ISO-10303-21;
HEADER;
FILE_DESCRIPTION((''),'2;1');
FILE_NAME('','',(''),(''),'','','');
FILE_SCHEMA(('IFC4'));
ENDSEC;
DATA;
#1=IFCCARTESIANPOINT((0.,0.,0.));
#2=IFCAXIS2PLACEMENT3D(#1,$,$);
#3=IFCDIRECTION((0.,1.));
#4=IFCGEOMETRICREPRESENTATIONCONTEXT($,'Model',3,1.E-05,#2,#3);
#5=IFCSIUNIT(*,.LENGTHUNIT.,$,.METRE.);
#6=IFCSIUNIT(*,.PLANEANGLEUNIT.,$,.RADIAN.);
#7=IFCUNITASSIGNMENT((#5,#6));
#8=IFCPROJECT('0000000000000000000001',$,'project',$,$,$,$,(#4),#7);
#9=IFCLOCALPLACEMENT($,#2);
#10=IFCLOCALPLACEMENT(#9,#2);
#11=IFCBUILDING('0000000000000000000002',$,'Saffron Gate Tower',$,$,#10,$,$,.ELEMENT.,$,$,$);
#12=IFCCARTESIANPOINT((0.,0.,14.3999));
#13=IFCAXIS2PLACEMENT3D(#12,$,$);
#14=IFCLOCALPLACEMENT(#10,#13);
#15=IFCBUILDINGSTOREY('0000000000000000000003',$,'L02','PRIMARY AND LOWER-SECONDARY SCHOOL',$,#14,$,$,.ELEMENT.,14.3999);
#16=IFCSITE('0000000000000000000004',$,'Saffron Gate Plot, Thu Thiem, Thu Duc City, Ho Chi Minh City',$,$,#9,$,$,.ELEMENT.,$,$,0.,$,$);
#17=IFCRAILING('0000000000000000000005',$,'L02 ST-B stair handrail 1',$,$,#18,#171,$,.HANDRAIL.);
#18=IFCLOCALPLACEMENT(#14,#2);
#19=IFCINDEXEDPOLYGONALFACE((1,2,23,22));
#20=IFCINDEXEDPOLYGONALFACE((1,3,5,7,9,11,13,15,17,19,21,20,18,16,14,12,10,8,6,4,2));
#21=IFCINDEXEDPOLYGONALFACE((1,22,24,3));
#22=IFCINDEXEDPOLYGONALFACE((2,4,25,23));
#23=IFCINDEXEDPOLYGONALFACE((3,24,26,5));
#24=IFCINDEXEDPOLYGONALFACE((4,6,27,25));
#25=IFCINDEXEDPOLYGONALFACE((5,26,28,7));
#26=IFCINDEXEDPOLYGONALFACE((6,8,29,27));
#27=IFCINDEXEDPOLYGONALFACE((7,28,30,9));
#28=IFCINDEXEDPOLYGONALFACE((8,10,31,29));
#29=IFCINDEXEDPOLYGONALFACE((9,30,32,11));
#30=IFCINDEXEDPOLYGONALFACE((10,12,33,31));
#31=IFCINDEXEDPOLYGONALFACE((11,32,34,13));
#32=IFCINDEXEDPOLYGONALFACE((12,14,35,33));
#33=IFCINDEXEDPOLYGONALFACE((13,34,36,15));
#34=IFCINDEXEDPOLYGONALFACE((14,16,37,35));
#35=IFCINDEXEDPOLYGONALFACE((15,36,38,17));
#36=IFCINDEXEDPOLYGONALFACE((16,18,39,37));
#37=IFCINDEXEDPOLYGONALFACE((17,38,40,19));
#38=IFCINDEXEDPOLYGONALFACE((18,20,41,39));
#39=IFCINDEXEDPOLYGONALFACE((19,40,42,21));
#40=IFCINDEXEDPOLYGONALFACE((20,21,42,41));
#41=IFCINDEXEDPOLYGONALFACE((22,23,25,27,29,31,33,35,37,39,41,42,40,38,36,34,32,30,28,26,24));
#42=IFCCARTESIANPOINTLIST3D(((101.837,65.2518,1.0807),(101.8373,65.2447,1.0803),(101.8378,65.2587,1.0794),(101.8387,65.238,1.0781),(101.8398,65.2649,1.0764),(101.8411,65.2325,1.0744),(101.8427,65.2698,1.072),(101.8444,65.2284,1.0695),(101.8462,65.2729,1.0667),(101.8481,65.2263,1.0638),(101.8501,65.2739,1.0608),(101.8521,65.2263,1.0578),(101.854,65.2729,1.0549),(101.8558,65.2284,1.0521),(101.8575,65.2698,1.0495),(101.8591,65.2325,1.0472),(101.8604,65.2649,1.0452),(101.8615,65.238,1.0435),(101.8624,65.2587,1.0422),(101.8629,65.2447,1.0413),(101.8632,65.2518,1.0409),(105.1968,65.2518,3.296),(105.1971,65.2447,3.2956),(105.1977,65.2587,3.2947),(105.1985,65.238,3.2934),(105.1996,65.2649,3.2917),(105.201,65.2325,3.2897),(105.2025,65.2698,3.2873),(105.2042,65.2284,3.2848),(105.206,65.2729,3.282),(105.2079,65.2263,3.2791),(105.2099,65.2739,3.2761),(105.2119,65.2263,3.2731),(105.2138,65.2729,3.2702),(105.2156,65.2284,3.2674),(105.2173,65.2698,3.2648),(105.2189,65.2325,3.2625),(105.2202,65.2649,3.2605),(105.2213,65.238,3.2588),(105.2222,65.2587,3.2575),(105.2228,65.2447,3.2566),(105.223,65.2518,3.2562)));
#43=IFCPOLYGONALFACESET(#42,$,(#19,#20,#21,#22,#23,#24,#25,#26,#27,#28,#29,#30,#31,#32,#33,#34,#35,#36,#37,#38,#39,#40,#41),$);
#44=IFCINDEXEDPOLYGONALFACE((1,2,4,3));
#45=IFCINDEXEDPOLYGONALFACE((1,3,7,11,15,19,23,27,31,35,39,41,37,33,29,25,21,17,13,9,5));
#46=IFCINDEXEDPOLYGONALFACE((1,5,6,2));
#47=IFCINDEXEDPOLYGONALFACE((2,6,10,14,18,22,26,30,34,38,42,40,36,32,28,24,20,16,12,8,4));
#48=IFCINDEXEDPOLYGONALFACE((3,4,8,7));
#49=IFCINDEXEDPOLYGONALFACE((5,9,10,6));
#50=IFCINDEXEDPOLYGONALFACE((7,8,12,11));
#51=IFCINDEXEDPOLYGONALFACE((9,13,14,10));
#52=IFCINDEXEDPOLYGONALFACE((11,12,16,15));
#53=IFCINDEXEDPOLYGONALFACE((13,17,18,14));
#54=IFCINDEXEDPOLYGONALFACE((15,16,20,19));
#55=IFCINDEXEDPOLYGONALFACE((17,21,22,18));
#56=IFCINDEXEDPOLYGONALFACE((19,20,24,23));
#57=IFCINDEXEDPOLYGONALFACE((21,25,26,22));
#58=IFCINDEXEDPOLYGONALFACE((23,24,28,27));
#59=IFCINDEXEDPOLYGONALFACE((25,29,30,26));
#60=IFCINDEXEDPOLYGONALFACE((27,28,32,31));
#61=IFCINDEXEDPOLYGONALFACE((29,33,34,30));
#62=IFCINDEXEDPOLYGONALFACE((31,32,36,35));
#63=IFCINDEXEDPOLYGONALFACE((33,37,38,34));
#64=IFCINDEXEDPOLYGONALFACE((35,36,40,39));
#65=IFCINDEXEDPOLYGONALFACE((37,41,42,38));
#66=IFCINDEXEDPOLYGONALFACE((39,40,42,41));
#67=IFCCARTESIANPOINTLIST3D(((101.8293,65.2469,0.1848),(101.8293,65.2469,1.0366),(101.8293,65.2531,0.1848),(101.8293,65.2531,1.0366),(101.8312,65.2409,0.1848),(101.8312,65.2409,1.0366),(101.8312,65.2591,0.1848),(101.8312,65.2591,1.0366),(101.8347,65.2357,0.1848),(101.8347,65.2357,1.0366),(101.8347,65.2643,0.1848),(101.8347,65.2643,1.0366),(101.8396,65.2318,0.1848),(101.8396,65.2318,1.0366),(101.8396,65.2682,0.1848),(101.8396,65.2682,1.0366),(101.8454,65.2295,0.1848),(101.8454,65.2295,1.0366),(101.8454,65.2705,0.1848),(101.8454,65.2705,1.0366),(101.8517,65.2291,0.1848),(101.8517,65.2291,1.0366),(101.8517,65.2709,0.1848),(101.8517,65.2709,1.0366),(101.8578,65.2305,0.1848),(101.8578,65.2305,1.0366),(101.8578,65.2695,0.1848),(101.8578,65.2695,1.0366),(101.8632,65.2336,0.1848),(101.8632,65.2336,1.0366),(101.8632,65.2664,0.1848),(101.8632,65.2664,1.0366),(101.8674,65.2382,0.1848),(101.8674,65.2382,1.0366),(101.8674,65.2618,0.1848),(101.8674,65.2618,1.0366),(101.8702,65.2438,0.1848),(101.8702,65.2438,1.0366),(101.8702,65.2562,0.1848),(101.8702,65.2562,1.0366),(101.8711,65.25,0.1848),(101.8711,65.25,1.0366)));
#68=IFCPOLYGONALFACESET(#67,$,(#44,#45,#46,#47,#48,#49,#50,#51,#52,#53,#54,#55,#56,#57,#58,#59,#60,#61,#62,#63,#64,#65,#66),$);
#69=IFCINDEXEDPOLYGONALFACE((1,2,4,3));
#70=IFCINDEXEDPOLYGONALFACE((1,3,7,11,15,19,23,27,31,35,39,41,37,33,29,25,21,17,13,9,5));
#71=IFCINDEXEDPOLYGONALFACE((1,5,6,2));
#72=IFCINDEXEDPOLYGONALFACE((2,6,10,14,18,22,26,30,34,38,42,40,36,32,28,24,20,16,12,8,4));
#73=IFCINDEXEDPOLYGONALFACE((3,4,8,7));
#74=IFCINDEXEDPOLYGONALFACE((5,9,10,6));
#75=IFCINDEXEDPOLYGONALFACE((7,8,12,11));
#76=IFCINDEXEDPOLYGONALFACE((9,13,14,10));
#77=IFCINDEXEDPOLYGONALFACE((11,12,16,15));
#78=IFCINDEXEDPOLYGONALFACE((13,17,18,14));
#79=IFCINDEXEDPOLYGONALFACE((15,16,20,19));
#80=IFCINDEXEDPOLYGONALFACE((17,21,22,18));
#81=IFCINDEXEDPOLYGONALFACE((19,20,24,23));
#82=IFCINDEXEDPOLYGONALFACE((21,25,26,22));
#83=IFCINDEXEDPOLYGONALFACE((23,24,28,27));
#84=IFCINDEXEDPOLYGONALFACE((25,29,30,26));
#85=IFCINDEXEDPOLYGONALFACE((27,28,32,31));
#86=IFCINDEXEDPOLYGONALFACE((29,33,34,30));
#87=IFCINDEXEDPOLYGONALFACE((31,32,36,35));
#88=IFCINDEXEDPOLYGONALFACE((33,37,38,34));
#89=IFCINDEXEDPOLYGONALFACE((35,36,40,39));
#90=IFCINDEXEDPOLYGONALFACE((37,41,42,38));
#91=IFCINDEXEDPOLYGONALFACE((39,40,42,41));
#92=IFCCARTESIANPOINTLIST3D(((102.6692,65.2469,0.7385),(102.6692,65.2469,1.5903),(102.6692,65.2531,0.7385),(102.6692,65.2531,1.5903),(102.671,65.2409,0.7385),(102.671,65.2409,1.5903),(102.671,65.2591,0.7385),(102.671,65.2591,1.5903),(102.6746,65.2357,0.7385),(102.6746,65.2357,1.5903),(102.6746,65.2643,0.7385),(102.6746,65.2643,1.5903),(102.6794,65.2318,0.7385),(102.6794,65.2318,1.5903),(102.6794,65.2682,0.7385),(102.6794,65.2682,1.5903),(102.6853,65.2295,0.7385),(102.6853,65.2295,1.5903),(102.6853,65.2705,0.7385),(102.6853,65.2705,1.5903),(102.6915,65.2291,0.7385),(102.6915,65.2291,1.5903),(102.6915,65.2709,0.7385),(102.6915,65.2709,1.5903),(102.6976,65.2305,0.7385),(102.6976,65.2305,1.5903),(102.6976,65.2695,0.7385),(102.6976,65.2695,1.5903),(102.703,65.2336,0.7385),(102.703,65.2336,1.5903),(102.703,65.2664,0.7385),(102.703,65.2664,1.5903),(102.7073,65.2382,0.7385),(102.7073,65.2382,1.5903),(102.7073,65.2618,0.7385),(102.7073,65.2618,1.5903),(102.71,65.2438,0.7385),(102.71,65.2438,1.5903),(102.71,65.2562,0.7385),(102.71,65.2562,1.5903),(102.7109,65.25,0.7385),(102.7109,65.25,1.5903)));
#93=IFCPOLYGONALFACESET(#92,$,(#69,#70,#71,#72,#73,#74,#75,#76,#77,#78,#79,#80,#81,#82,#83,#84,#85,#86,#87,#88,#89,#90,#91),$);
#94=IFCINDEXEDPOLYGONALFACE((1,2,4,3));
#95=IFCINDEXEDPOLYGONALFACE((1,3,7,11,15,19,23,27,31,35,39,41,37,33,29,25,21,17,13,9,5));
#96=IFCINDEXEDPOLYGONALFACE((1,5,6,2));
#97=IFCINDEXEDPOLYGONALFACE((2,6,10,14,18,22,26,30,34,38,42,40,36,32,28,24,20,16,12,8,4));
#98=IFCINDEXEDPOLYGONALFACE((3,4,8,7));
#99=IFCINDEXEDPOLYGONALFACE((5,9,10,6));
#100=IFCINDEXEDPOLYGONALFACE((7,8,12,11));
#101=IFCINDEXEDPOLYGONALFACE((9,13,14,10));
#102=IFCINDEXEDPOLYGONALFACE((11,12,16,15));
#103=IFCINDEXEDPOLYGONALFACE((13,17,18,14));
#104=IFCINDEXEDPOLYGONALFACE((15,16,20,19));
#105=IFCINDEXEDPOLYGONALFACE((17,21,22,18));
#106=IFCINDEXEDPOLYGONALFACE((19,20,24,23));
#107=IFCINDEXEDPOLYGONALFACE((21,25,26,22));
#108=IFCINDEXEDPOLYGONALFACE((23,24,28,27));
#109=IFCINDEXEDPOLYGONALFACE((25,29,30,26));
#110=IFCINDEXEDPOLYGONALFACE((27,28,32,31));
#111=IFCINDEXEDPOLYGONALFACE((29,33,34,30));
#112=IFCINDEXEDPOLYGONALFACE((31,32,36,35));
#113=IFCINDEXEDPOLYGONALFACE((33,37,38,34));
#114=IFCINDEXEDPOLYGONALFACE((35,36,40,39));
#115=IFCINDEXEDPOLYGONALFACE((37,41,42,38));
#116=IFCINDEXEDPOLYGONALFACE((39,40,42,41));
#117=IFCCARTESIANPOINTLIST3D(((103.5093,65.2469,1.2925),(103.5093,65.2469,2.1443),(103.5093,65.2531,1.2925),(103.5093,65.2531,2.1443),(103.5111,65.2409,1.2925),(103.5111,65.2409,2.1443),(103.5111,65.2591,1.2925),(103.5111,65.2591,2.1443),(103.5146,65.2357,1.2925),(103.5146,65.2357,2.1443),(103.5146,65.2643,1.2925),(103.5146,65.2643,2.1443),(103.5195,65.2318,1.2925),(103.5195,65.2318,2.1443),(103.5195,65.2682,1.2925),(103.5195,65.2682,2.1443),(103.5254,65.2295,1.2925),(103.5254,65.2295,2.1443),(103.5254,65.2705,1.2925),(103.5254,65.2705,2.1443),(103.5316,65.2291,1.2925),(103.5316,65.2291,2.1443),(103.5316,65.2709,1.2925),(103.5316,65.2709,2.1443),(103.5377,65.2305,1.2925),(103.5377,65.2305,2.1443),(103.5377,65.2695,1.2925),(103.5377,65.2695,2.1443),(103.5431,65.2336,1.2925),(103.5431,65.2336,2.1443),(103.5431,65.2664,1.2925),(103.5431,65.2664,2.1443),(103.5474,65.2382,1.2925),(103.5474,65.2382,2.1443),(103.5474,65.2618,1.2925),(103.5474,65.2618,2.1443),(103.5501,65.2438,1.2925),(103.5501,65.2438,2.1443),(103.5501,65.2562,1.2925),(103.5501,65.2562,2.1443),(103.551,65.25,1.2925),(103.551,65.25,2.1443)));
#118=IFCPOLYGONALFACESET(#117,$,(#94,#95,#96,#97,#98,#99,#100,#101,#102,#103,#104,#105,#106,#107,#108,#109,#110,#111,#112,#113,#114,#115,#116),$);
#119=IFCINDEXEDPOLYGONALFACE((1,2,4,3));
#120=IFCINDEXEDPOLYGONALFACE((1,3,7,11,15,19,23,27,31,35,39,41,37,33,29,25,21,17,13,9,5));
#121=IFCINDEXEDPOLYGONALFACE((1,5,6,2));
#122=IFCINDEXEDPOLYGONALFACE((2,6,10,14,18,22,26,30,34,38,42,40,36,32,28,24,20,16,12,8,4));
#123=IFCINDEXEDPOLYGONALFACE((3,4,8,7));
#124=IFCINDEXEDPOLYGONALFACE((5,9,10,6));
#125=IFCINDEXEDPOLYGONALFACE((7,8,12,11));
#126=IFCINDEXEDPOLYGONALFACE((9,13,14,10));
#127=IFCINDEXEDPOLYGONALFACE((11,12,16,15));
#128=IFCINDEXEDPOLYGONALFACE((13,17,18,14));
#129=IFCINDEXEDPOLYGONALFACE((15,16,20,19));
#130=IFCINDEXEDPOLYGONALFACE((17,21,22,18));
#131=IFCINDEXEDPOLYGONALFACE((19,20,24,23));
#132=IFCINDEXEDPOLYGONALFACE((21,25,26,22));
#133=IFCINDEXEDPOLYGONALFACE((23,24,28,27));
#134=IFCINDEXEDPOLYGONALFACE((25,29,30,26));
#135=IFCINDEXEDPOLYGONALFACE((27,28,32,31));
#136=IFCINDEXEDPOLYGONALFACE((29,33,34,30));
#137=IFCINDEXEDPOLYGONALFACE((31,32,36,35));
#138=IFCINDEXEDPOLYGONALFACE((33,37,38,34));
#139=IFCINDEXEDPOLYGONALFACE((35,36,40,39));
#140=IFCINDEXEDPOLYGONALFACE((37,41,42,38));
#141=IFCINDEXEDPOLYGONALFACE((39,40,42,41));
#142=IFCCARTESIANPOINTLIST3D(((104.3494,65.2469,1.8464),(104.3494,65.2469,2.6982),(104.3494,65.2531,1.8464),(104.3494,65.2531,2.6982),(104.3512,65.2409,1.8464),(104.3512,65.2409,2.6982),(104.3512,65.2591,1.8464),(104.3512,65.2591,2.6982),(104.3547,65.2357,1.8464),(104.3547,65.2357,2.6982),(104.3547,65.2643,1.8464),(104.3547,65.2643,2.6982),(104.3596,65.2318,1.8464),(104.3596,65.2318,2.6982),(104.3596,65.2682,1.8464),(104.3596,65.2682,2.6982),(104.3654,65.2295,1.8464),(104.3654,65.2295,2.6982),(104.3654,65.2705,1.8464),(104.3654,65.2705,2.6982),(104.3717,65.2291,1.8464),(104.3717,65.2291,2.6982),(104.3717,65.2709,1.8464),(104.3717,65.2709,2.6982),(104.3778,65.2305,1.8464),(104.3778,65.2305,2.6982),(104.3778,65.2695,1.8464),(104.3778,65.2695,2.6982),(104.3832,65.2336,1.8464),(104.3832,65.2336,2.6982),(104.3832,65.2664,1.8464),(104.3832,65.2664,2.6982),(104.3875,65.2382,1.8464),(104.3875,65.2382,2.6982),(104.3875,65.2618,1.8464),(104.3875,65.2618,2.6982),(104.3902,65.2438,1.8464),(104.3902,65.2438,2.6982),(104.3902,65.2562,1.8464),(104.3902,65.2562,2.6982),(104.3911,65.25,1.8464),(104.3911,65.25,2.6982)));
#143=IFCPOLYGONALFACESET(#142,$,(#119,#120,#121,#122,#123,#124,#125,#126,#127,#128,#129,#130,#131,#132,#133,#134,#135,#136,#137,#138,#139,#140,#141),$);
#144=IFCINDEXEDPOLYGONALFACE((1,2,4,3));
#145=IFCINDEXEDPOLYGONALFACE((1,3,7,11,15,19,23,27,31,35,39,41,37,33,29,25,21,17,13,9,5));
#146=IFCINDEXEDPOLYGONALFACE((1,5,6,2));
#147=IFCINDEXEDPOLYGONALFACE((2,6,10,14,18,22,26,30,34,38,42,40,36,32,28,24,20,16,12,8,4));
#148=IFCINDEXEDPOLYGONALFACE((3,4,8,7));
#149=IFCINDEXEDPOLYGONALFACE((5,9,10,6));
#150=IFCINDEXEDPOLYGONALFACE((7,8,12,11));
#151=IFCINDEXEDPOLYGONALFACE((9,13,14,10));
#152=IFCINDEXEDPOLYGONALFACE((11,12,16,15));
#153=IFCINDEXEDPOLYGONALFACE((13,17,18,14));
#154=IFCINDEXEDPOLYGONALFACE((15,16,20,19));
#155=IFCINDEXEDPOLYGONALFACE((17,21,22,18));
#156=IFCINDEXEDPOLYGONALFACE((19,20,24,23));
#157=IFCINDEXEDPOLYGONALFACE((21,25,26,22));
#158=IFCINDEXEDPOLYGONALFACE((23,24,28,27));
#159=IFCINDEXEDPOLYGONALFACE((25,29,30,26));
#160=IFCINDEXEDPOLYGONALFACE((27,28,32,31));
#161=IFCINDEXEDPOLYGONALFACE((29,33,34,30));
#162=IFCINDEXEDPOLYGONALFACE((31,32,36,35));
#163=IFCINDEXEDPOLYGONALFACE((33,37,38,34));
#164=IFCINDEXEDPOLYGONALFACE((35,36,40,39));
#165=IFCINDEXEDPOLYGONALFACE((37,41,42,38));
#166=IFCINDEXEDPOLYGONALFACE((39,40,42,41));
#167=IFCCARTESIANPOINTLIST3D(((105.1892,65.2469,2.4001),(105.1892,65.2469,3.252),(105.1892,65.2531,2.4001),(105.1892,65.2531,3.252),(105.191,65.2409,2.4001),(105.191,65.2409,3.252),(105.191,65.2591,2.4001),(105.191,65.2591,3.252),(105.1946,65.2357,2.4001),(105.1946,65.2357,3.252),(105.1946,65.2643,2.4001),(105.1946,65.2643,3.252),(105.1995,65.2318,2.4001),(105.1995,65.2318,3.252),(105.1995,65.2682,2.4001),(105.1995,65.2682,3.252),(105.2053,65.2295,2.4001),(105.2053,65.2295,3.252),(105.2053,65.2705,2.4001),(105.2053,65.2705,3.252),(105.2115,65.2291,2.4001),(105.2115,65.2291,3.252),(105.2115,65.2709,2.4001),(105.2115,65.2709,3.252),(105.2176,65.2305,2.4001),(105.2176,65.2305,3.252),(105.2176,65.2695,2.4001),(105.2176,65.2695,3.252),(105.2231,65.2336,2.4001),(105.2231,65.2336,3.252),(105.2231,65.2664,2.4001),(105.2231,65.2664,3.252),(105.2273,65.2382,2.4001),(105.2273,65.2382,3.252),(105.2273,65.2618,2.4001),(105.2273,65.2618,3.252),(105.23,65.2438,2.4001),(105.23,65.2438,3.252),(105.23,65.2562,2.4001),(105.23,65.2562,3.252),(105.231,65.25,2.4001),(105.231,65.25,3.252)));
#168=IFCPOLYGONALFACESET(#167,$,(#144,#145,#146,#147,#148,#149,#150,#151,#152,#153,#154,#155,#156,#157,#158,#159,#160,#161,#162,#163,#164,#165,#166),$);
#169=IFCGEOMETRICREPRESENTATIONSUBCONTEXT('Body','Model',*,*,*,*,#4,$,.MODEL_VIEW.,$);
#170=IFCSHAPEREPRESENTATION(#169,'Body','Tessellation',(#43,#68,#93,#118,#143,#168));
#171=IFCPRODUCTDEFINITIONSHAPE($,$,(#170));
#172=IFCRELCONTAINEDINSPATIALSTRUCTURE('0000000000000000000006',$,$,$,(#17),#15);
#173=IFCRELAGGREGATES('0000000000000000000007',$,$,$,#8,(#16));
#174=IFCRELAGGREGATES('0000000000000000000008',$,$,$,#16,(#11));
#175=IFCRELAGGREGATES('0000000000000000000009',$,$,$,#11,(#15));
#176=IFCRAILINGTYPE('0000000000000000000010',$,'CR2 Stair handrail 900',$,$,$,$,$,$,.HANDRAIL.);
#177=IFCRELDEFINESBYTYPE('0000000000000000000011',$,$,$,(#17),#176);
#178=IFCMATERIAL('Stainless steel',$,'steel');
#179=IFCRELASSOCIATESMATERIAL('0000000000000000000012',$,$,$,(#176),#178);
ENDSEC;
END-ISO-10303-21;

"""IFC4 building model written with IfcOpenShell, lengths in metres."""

from ifc_helpers import new_model, si_unit, direction, frame, origin, origin_2d, place, context, subcontext, project, spatial, circle, extrude, material, type_object, element, save


model = new_model("IFC4")

# Units and contexts
model_context = context("Model", 3, precision=1e-05, world=origin(), true_north=direction((0.0, 1.0)))
body_context = subcontext(model_context, "Body", "Model", "MODEL_VIEW")
ifc_project = project(units=[si_unit("LENGTHUNIT", "METRE"), si_unit("PLANEANGLEUNIT", "RADIAN")], contexts=[model_context])

# Site, building, storey
site_placement = place(None, origin())
site = spatial("IfcSite", under=ifc_project, at=site_placement, Name="Saffron Gate Plot, Thu Thiem, Thu Duc City, Ho Chi Minh City", CompositionType="ELEMENT", RefElevation=0.0)
building_placement = place(site_placement, origin())
building = spatial("IfcBuilding", under=site, at=building_placement, Name="Saffron Gate Tower", CompositionType="ELEMENT")
storey_placement = place(building_placement, frame((0.0, 0.0, 14.3999)))
storey = spatial("IfcBuildingStorey", under=building, at=storey_placement, Name="L02", Description="PRIMARY AND LOWER-SECONDARY SCHOOL", CompositionType="ELEMENT", Elevation=14.3999)

# Railing
ifc_material_1 = material(Name="Stainless steel", Category="steel")
railing_type_1 = type_object("IfcRailingType", Name="CR2 Stair handrail 900", PredefinedType="HANDRAIL", material=ifc_material_1)
railing_1_placement = place(storey_placement, frame((101.8501, 65.25, 0.1848)))
element("IfcRailing", 1, at=railing_1_placement, inside=storey, type_object=railing_type_1, Name="L02 ST-B stair handrail 1", PredefinedType="HANDRAIL", context=body_context, shape_type="SweptSolid", body=[
    extrude(circle(Radius=0.0239, at=origin_2d()), frame((0.0, 0.0, 0.876), z_axis=(0.834858, 0.0, 0.550465), x_axis=(0.0, 1.0, 0.0)), (0.0, 0.0, 1.0), 4.0244),
    extrude(circle(Radius=0.021, at=origin_2d()), origin(), (0.0, 0.0, 1.0), 0.8518),
    extrude(circle(Radius=0.021, at=origin_2d()), frame((0.8398, 0.0, 0.5537)), (0.0, 0.0, 1.0), 0.8518),
    extrude(circle(Radius=0.021, at=origin_2d()), frame((1.6799, 0.0, 1.1077)), (0.0, 0.0, 1.0), 0.8518),
    extrude(circle(Radius=0.021, at=origin_2d()), frame((2.52, 0.0, 1.6616)), (0.0, 0.0, 1.0), 0.8518),
    extrude(circle(Radius=0.021, at=origin_2d()), frame((3.3599, 0.0, 2.2153)), (0.0, 0.0, 1.0), 0.8518),
])

save(model, "model.ifc")
